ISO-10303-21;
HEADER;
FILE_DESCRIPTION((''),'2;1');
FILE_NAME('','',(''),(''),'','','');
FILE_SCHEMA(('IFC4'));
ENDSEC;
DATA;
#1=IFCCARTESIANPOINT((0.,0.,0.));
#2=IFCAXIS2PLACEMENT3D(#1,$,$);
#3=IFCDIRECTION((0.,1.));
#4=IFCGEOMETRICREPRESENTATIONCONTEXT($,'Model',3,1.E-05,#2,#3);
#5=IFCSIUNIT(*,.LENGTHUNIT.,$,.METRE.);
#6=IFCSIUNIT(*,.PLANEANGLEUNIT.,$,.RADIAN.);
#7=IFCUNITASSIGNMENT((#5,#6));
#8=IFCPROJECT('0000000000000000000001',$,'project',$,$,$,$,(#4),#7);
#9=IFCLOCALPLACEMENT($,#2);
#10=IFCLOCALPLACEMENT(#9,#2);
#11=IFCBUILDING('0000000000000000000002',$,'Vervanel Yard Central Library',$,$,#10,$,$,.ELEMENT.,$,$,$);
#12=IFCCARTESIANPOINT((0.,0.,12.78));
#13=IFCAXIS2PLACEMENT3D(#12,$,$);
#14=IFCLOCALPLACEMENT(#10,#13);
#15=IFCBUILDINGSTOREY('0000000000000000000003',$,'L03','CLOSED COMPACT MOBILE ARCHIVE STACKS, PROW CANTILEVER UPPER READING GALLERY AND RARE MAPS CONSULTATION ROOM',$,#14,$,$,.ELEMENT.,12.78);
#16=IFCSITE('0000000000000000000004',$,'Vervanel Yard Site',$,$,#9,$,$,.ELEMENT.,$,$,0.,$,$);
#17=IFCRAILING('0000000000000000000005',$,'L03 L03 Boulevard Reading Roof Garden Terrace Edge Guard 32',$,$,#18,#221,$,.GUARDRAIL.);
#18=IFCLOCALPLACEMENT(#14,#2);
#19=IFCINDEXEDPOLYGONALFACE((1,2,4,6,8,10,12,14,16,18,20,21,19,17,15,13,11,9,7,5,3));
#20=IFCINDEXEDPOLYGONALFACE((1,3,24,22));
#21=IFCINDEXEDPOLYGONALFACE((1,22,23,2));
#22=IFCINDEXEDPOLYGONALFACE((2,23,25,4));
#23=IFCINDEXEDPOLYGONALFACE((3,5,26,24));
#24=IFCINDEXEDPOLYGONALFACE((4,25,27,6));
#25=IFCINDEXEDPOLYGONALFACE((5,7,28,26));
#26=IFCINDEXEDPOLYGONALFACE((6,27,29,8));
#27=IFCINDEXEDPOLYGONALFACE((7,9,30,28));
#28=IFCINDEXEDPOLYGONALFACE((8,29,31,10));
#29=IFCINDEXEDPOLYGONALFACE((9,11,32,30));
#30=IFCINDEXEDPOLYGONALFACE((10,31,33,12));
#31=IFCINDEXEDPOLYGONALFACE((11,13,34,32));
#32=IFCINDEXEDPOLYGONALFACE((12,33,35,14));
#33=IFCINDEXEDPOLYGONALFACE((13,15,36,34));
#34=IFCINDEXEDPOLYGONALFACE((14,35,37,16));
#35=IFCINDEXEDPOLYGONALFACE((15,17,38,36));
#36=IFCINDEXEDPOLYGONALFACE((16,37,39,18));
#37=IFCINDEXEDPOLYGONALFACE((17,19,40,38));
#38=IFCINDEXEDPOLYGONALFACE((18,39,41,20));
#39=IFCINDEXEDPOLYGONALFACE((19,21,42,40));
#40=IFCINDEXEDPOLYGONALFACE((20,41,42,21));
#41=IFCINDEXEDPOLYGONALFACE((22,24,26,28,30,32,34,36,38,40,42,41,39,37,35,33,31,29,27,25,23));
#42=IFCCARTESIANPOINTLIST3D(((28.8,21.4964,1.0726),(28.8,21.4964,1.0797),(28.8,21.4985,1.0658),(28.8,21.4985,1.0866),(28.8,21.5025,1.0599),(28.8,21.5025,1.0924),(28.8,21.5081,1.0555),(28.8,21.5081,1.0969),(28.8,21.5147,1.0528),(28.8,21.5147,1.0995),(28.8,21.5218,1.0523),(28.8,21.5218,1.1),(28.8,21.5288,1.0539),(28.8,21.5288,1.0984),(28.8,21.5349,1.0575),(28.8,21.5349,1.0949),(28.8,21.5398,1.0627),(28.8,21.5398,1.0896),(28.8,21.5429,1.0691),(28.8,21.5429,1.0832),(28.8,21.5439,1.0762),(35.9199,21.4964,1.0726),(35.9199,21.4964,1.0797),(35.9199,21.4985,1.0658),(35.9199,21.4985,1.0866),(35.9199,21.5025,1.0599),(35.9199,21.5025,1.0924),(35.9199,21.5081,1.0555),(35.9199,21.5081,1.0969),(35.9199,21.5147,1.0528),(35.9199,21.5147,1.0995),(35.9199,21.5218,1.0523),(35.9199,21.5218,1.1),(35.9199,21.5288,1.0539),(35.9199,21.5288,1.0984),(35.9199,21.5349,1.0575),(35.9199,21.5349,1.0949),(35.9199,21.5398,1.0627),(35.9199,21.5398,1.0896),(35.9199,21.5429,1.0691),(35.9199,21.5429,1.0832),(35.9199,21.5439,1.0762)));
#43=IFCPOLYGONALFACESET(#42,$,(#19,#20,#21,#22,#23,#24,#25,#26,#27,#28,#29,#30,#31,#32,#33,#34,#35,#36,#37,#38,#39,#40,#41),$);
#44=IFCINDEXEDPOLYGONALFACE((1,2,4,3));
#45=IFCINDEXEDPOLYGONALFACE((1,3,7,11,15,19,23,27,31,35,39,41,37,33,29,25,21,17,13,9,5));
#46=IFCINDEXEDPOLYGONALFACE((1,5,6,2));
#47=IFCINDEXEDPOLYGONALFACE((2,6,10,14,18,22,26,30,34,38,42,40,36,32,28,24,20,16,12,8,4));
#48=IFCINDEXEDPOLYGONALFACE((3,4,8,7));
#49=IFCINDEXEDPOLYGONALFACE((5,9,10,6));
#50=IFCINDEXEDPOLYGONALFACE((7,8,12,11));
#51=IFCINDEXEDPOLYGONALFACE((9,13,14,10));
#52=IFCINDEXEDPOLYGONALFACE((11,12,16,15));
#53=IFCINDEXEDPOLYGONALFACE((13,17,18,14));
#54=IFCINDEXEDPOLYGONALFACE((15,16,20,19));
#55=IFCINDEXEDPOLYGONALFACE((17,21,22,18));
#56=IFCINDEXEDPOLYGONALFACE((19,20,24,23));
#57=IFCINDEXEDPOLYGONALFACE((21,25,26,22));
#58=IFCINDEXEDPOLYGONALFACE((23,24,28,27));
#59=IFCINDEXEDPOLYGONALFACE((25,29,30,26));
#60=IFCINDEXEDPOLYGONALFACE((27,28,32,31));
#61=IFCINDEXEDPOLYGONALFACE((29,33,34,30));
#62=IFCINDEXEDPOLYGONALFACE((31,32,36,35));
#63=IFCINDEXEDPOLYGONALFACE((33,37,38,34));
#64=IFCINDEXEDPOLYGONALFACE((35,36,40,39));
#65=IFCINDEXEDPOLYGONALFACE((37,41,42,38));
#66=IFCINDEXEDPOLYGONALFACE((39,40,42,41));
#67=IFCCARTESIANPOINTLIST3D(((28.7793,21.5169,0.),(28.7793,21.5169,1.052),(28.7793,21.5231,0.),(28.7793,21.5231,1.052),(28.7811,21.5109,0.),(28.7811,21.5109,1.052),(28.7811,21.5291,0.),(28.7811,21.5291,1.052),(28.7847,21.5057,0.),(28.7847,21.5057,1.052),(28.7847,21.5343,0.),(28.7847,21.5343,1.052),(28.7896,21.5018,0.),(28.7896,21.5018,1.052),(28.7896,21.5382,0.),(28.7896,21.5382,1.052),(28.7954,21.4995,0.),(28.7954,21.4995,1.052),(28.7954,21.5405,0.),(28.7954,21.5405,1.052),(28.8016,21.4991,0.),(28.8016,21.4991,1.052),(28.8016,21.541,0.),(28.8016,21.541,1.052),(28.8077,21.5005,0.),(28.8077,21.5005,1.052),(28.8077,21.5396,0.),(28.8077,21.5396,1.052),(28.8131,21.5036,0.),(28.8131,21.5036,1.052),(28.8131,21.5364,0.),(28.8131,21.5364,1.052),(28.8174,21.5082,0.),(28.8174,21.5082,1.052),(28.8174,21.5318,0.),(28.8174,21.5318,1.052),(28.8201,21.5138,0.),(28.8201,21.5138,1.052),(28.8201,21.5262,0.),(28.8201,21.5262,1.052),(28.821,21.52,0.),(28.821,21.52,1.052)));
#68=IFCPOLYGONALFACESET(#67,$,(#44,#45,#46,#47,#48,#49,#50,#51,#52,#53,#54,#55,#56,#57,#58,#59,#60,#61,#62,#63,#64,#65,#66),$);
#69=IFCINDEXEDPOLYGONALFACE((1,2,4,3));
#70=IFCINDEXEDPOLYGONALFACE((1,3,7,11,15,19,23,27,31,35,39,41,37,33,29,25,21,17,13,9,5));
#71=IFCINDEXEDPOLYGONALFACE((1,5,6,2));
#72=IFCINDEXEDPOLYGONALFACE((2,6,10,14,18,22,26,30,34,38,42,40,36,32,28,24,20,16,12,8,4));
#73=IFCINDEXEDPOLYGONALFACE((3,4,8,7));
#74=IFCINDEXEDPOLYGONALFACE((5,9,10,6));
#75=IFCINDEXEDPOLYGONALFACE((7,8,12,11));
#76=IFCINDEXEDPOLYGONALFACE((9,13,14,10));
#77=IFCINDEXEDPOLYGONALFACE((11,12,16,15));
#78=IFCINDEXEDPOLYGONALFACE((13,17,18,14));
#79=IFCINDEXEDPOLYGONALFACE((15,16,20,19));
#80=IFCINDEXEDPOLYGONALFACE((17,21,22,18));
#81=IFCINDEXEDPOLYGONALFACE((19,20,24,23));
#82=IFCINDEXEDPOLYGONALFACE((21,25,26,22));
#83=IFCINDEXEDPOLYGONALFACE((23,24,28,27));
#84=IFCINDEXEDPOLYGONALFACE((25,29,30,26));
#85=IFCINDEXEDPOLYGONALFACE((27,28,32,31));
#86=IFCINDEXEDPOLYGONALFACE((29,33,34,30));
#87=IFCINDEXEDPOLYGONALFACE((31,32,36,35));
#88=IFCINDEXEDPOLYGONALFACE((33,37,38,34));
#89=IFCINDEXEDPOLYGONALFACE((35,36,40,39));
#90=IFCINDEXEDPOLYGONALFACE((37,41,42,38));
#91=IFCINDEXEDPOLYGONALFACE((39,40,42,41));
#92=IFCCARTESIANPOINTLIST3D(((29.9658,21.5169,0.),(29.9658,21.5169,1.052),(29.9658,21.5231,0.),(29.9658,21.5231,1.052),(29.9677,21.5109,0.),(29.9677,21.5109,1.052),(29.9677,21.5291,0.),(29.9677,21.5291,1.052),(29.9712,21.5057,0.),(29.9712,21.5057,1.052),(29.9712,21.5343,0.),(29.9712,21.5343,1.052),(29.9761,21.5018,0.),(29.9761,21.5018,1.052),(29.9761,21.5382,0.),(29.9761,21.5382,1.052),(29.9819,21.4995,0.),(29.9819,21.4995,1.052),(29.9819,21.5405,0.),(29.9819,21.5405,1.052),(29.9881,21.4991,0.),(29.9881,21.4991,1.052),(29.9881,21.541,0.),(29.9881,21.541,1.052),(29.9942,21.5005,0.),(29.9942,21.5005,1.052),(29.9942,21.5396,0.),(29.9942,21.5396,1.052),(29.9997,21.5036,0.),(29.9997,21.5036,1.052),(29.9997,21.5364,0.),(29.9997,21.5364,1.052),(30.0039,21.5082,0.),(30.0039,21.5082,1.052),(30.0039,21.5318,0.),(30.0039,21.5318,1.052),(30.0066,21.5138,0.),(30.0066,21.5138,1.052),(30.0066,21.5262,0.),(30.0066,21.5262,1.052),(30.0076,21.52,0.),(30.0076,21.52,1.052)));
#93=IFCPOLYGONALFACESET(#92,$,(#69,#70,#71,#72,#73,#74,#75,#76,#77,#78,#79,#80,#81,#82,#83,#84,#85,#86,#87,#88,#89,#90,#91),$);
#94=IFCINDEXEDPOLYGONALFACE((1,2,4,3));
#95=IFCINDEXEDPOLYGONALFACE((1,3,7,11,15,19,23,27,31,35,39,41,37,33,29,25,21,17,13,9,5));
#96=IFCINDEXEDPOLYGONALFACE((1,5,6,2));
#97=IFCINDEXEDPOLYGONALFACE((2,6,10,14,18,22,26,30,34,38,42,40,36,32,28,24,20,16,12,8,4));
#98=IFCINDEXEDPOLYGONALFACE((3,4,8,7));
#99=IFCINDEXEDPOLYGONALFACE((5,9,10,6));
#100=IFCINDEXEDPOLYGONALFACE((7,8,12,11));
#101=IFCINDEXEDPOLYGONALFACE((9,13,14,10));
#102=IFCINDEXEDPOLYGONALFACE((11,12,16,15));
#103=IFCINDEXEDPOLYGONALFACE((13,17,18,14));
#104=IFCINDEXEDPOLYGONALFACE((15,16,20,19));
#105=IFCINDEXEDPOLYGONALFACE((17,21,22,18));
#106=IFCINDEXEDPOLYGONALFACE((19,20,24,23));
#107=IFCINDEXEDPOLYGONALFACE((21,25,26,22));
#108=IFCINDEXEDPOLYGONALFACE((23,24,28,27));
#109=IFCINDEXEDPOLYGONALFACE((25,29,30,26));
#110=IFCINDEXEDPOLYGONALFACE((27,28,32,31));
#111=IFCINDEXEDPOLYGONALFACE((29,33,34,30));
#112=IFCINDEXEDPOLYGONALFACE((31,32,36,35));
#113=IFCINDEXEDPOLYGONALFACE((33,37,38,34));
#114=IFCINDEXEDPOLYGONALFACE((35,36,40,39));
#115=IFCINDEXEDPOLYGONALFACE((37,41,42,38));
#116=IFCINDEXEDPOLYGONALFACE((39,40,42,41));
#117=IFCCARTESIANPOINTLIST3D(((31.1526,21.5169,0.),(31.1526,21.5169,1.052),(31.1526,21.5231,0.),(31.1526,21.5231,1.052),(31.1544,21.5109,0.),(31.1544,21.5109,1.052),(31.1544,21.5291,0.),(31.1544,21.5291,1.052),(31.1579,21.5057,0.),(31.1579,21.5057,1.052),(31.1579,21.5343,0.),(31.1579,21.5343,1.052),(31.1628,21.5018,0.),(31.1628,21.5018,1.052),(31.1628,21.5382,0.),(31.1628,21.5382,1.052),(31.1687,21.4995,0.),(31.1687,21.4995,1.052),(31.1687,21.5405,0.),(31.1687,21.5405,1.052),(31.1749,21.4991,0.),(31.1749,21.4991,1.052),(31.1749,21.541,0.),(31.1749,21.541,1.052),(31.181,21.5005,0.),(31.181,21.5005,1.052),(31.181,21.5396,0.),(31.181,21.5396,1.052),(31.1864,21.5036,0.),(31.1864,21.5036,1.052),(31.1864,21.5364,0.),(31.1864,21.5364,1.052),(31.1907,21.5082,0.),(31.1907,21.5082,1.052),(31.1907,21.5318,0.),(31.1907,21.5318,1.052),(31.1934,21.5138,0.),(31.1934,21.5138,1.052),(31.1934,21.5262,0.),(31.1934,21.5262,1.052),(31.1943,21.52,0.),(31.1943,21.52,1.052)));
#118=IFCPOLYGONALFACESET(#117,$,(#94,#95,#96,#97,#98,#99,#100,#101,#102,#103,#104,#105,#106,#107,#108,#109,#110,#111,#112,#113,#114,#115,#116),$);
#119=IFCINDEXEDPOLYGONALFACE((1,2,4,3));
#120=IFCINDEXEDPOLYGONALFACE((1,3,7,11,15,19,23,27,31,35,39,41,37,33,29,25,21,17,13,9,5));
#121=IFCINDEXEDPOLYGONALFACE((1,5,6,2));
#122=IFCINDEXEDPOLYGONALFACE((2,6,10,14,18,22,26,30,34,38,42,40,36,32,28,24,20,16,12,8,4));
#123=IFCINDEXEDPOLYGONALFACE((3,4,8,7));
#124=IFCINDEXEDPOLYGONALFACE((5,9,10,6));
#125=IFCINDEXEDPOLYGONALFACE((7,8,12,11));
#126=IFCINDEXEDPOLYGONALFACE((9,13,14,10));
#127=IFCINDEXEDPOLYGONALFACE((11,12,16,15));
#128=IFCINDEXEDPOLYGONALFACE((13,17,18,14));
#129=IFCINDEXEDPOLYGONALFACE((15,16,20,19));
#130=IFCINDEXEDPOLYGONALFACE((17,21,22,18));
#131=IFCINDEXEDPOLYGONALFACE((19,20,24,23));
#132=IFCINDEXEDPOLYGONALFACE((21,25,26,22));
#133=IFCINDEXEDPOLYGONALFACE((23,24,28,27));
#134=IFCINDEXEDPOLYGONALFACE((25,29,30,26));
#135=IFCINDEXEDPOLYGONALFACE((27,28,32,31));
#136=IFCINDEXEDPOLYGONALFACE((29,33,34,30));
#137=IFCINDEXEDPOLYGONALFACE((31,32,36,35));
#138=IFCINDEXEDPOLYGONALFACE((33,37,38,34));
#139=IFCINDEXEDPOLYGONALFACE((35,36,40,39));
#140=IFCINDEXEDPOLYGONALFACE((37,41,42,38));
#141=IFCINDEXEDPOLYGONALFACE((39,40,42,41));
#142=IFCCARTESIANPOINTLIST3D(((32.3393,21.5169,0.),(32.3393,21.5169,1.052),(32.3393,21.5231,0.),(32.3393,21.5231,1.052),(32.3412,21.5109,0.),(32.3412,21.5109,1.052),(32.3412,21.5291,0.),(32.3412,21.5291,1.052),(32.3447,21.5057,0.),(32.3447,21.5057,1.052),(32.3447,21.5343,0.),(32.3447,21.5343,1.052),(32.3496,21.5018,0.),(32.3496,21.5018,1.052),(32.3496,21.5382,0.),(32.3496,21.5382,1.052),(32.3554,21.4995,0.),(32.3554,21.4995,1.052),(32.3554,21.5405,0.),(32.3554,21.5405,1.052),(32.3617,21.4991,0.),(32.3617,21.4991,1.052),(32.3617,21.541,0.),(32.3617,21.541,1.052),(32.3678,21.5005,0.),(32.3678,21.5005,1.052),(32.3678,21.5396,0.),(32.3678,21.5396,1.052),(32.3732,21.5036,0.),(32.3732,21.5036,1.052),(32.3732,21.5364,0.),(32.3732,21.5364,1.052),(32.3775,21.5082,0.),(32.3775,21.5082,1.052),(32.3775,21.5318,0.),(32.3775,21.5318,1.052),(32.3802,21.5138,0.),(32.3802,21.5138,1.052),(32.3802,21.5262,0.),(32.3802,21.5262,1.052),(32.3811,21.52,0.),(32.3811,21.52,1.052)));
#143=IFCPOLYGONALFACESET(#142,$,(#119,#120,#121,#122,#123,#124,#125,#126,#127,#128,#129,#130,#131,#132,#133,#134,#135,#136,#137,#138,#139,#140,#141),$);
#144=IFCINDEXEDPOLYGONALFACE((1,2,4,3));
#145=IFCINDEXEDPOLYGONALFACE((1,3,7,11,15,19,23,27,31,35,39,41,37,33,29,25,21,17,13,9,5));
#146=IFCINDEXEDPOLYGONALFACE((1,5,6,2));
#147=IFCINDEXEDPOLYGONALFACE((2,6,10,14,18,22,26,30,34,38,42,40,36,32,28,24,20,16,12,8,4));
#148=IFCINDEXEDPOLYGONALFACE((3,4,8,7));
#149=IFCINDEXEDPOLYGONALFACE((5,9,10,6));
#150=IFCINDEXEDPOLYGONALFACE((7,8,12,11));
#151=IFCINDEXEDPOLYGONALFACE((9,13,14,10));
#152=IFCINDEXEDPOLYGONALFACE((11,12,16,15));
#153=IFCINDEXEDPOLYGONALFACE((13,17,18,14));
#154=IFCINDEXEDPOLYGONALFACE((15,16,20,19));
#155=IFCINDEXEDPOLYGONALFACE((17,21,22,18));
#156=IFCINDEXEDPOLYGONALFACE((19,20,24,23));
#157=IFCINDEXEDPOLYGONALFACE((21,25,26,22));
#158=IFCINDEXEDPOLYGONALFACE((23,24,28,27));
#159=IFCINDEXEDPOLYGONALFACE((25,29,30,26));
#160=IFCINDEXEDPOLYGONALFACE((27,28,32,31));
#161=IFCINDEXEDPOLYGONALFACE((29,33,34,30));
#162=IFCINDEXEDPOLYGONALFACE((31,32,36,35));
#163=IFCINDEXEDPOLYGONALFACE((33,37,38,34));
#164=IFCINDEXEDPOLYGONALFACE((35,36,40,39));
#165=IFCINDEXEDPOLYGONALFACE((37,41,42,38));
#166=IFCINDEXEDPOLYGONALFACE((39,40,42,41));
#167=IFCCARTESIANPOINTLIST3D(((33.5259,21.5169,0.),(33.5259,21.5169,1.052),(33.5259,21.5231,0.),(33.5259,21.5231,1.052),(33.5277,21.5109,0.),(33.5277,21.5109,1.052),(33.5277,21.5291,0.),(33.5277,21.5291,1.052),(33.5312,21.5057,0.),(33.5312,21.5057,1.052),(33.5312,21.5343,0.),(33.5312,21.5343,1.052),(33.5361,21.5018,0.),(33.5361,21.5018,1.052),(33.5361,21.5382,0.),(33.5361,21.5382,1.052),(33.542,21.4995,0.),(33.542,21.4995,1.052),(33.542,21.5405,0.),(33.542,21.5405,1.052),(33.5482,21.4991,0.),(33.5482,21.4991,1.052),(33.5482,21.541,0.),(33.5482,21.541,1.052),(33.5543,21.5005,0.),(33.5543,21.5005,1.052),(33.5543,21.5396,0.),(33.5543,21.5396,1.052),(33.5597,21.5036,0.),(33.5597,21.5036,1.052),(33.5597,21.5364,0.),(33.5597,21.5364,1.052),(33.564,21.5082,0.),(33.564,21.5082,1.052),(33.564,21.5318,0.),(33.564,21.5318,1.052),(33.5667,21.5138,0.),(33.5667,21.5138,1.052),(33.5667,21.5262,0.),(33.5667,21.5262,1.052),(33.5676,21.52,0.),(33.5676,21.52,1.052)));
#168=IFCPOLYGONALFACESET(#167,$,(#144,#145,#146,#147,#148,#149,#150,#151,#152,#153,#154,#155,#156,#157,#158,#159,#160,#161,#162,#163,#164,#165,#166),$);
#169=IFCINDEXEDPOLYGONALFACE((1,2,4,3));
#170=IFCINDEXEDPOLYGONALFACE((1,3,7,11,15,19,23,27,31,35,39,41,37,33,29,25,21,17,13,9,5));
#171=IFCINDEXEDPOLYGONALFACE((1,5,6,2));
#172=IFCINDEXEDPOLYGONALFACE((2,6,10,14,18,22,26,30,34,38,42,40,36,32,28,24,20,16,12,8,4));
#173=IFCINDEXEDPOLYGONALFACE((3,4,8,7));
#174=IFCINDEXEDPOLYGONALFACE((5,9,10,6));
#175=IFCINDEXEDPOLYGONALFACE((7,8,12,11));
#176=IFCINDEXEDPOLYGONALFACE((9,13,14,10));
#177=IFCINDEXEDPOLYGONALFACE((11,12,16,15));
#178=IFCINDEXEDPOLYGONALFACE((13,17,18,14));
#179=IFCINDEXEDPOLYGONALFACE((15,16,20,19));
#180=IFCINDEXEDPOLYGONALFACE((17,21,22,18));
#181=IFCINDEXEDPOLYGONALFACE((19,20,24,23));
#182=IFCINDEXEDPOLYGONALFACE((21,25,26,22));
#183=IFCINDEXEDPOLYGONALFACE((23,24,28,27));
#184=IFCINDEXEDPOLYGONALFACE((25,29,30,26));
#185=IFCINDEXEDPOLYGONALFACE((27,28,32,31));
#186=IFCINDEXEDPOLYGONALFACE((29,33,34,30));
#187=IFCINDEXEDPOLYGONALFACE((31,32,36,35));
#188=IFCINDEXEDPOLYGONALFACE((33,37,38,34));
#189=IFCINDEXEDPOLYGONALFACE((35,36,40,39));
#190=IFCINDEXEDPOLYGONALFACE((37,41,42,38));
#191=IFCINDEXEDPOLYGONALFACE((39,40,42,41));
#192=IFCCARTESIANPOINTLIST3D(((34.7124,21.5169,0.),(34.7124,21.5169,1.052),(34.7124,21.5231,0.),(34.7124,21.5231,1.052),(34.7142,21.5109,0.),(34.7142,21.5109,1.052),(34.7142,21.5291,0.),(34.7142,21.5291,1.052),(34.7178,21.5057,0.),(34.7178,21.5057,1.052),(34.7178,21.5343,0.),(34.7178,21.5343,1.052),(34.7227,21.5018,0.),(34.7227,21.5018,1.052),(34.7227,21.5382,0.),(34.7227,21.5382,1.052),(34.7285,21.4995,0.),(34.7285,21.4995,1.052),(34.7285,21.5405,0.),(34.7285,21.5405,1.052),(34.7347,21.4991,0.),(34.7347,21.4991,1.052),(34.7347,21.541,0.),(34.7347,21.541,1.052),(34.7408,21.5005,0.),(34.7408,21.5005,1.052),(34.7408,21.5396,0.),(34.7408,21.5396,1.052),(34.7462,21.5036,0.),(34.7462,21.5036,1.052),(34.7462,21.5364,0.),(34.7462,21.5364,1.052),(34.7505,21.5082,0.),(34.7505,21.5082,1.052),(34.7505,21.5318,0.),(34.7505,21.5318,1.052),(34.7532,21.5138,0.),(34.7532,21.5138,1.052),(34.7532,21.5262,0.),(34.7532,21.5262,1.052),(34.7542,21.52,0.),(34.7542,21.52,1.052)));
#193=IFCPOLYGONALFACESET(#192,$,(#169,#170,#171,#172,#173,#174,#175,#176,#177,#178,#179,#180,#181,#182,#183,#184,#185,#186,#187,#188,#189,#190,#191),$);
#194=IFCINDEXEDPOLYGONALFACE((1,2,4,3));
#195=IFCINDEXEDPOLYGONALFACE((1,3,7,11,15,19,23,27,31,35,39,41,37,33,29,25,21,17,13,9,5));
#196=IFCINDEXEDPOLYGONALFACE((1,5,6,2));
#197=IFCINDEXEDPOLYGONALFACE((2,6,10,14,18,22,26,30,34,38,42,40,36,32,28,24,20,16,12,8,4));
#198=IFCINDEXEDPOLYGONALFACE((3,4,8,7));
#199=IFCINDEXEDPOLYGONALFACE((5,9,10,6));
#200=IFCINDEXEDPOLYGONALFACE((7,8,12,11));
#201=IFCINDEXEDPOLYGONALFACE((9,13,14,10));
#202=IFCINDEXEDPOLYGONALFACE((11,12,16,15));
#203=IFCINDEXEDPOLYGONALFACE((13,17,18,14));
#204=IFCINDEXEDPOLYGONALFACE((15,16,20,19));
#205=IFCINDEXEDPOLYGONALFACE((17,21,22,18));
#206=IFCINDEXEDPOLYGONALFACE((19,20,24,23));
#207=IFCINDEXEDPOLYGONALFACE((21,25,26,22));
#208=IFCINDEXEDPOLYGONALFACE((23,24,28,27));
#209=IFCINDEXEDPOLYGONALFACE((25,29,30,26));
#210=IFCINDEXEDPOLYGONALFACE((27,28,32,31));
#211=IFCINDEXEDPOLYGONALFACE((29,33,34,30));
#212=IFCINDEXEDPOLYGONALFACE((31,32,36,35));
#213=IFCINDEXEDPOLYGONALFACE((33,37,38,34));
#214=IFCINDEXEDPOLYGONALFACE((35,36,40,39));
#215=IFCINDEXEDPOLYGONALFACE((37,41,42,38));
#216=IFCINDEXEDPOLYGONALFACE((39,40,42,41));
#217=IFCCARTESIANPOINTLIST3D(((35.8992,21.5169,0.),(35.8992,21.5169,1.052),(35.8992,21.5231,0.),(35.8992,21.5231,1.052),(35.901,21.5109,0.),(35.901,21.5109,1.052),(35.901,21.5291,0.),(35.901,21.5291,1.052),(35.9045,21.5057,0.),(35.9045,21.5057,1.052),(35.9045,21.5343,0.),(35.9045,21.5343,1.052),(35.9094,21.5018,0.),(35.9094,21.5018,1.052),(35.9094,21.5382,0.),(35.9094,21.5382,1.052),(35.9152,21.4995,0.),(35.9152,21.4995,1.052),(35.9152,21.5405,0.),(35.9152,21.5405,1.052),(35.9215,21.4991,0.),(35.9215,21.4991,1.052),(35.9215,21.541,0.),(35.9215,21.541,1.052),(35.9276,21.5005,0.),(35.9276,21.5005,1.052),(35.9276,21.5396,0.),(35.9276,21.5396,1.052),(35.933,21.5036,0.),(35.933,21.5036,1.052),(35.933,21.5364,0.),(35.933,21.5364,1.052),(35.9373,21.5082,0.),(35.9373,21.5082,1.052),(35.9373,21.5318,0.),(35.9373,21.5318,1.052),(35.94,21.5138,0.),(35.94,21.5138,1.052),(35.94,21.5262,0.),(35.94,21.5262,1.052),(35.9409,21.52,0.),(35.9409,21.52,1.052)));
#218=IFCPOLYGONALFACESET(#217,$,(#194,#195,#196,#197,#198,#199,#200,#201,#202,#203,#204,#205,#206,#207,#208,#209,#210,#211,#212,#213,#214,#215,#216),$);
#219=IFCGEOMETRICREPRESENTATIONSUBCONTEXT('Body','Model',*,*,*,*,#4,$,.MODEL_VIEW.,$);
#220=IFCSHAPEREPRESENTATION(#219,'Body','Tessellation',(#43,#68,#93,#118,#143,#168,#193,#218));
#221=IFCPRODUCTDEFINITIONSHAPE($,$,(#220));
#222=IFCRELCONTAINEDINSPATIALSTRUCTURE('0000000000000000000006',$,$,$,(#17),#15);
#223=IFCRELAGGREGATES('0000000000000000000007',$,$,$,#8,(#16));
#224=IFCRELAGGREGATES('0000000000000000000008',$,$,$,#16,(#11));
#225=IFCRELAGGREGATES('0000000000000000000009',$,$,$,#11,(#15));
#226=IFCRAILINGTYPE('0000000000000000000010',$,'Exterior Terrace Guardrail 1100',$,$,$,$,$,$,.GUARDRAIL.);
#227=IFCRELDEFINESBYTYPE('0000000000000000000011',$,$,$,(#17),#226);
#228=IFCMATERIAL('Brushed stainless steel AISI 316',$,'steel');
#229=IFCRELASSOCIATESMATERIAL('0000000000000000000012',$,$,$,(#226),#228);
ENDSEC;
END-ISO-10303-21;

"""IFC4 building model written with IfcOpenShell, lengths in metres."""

from ifc_helpers import new_model, si_unit, direction, frame, origin, origin_2d, place, context, subcontext, project, spatial, circle, extrude, material, type_object, element, save


model = new_model("IFC4")

# Units and contexts
model_context = context("Model", 3, precision=1e-05, world=origin(), true_north=direction((0.0, 1.0)))
body_context = subcontext(model_context, "Body", "Model", "MODEL_VIEW")
ifc_project = project(units=[si_unit("LENGTHUNIT", "METRE"), si_unit("PLANEANGLEUNIT", "RADIAN")], contexts=[model_context])

# Site, building, storey
site_placement = place(None, origin())
site = spatial("IfcSite", under=ifc_project, at=site_placement, Name="Vervanel Yard Site", CompositionType="ELEMENT", RefElevation=0.0)
building_placement = place(site_placement, origin())
building = spatial("IfcBuilding", under=site, at=building_placement, Name="Vervanel Yard Central Library", CompositionType="ELEMENT")
storey_placement = place(building_placement, frame((0.0, 0.0, 12.78)))
storey = spatial("IfcBuildingStorey", under=building, at=storey_placement, Name="L03", Description="CLOSED COMPACT MOBILE ARCHIVE STACKS, PROW CANTILEVER UPPER READING GALLERY AND RARE MAPS CONSULTATION ROOM", CompositionType="ELEMENT", Elevation=12.78)

# Railing
ifc_material_1 = material(Name="Brushed stainless steel AISI 316", Category="steel")
railing_type = type_object("IfcRailingType", Name="Exterior Terrace Guardrail 1100", PredefinedType="GUARDRAIL", material=ifc_material_1)
railing_placement = place(storey_placement, frame((28.8, 21.52, 0.0)))
element("IfcRailing", 1, at=railing_placement, inside=storey, type_object=railing_type, Name="L03 L03 Boulevard Reading Roof Garden Terrace Edge Guard 32", PredefinedType="GUARDRAIL", context=body_context, shape_type="SweptSolid", body=[
    extrude(circle(Radius=0.0239, at=origin_2d()), frame((0.0, 0.0, 1.0762), z_axis=(1.0, 0.0, 0.0), x_axis=(0.0, 1.0, 0.0)), (0.0, 0.0, 1.0), 7.1199),
    extrude(circle(Radius=0.021, at=origin_2d()), origin(), (0.0, 0.0, 1.0), 1.052),
    extrude(circle(Radius=0.021, at=origin_2d()), frame((1.1865, 0.0, 0.0)), (0.0, 0.0, 1.0), 1.052),
    extrude(circle(Radius=0.021, at=origin_2d()), frame((2.3733, 0.0, 0.0)), (0.0, 0.0, 1.0), 1.052),
    extrude(circle(Radius=0.021, at=origin_2d()), frame((3.5601, 0.0, 0.0)), (0.0, 0.0, 1.0), 1.052),
    extrude(circle(Radius=0.021, at=origin_2d()), frame((4.7466, 0.0, 0.0)), (0.0, 0.0, 1.0), 1.052),
    extrude(circle(Radius=0.021, at=origin_2d()), frame((5.9331, 0.0, 0.0)), (0.0, 0.0, 1.0), 1.052),
    extrude(circle(Radius=0.021, at=origin_2d()), frame((7.1199, 0.0, 0.0)), (0.0, 0.0, 1.0), 1.052),
])

save(model, "model.ifc")
